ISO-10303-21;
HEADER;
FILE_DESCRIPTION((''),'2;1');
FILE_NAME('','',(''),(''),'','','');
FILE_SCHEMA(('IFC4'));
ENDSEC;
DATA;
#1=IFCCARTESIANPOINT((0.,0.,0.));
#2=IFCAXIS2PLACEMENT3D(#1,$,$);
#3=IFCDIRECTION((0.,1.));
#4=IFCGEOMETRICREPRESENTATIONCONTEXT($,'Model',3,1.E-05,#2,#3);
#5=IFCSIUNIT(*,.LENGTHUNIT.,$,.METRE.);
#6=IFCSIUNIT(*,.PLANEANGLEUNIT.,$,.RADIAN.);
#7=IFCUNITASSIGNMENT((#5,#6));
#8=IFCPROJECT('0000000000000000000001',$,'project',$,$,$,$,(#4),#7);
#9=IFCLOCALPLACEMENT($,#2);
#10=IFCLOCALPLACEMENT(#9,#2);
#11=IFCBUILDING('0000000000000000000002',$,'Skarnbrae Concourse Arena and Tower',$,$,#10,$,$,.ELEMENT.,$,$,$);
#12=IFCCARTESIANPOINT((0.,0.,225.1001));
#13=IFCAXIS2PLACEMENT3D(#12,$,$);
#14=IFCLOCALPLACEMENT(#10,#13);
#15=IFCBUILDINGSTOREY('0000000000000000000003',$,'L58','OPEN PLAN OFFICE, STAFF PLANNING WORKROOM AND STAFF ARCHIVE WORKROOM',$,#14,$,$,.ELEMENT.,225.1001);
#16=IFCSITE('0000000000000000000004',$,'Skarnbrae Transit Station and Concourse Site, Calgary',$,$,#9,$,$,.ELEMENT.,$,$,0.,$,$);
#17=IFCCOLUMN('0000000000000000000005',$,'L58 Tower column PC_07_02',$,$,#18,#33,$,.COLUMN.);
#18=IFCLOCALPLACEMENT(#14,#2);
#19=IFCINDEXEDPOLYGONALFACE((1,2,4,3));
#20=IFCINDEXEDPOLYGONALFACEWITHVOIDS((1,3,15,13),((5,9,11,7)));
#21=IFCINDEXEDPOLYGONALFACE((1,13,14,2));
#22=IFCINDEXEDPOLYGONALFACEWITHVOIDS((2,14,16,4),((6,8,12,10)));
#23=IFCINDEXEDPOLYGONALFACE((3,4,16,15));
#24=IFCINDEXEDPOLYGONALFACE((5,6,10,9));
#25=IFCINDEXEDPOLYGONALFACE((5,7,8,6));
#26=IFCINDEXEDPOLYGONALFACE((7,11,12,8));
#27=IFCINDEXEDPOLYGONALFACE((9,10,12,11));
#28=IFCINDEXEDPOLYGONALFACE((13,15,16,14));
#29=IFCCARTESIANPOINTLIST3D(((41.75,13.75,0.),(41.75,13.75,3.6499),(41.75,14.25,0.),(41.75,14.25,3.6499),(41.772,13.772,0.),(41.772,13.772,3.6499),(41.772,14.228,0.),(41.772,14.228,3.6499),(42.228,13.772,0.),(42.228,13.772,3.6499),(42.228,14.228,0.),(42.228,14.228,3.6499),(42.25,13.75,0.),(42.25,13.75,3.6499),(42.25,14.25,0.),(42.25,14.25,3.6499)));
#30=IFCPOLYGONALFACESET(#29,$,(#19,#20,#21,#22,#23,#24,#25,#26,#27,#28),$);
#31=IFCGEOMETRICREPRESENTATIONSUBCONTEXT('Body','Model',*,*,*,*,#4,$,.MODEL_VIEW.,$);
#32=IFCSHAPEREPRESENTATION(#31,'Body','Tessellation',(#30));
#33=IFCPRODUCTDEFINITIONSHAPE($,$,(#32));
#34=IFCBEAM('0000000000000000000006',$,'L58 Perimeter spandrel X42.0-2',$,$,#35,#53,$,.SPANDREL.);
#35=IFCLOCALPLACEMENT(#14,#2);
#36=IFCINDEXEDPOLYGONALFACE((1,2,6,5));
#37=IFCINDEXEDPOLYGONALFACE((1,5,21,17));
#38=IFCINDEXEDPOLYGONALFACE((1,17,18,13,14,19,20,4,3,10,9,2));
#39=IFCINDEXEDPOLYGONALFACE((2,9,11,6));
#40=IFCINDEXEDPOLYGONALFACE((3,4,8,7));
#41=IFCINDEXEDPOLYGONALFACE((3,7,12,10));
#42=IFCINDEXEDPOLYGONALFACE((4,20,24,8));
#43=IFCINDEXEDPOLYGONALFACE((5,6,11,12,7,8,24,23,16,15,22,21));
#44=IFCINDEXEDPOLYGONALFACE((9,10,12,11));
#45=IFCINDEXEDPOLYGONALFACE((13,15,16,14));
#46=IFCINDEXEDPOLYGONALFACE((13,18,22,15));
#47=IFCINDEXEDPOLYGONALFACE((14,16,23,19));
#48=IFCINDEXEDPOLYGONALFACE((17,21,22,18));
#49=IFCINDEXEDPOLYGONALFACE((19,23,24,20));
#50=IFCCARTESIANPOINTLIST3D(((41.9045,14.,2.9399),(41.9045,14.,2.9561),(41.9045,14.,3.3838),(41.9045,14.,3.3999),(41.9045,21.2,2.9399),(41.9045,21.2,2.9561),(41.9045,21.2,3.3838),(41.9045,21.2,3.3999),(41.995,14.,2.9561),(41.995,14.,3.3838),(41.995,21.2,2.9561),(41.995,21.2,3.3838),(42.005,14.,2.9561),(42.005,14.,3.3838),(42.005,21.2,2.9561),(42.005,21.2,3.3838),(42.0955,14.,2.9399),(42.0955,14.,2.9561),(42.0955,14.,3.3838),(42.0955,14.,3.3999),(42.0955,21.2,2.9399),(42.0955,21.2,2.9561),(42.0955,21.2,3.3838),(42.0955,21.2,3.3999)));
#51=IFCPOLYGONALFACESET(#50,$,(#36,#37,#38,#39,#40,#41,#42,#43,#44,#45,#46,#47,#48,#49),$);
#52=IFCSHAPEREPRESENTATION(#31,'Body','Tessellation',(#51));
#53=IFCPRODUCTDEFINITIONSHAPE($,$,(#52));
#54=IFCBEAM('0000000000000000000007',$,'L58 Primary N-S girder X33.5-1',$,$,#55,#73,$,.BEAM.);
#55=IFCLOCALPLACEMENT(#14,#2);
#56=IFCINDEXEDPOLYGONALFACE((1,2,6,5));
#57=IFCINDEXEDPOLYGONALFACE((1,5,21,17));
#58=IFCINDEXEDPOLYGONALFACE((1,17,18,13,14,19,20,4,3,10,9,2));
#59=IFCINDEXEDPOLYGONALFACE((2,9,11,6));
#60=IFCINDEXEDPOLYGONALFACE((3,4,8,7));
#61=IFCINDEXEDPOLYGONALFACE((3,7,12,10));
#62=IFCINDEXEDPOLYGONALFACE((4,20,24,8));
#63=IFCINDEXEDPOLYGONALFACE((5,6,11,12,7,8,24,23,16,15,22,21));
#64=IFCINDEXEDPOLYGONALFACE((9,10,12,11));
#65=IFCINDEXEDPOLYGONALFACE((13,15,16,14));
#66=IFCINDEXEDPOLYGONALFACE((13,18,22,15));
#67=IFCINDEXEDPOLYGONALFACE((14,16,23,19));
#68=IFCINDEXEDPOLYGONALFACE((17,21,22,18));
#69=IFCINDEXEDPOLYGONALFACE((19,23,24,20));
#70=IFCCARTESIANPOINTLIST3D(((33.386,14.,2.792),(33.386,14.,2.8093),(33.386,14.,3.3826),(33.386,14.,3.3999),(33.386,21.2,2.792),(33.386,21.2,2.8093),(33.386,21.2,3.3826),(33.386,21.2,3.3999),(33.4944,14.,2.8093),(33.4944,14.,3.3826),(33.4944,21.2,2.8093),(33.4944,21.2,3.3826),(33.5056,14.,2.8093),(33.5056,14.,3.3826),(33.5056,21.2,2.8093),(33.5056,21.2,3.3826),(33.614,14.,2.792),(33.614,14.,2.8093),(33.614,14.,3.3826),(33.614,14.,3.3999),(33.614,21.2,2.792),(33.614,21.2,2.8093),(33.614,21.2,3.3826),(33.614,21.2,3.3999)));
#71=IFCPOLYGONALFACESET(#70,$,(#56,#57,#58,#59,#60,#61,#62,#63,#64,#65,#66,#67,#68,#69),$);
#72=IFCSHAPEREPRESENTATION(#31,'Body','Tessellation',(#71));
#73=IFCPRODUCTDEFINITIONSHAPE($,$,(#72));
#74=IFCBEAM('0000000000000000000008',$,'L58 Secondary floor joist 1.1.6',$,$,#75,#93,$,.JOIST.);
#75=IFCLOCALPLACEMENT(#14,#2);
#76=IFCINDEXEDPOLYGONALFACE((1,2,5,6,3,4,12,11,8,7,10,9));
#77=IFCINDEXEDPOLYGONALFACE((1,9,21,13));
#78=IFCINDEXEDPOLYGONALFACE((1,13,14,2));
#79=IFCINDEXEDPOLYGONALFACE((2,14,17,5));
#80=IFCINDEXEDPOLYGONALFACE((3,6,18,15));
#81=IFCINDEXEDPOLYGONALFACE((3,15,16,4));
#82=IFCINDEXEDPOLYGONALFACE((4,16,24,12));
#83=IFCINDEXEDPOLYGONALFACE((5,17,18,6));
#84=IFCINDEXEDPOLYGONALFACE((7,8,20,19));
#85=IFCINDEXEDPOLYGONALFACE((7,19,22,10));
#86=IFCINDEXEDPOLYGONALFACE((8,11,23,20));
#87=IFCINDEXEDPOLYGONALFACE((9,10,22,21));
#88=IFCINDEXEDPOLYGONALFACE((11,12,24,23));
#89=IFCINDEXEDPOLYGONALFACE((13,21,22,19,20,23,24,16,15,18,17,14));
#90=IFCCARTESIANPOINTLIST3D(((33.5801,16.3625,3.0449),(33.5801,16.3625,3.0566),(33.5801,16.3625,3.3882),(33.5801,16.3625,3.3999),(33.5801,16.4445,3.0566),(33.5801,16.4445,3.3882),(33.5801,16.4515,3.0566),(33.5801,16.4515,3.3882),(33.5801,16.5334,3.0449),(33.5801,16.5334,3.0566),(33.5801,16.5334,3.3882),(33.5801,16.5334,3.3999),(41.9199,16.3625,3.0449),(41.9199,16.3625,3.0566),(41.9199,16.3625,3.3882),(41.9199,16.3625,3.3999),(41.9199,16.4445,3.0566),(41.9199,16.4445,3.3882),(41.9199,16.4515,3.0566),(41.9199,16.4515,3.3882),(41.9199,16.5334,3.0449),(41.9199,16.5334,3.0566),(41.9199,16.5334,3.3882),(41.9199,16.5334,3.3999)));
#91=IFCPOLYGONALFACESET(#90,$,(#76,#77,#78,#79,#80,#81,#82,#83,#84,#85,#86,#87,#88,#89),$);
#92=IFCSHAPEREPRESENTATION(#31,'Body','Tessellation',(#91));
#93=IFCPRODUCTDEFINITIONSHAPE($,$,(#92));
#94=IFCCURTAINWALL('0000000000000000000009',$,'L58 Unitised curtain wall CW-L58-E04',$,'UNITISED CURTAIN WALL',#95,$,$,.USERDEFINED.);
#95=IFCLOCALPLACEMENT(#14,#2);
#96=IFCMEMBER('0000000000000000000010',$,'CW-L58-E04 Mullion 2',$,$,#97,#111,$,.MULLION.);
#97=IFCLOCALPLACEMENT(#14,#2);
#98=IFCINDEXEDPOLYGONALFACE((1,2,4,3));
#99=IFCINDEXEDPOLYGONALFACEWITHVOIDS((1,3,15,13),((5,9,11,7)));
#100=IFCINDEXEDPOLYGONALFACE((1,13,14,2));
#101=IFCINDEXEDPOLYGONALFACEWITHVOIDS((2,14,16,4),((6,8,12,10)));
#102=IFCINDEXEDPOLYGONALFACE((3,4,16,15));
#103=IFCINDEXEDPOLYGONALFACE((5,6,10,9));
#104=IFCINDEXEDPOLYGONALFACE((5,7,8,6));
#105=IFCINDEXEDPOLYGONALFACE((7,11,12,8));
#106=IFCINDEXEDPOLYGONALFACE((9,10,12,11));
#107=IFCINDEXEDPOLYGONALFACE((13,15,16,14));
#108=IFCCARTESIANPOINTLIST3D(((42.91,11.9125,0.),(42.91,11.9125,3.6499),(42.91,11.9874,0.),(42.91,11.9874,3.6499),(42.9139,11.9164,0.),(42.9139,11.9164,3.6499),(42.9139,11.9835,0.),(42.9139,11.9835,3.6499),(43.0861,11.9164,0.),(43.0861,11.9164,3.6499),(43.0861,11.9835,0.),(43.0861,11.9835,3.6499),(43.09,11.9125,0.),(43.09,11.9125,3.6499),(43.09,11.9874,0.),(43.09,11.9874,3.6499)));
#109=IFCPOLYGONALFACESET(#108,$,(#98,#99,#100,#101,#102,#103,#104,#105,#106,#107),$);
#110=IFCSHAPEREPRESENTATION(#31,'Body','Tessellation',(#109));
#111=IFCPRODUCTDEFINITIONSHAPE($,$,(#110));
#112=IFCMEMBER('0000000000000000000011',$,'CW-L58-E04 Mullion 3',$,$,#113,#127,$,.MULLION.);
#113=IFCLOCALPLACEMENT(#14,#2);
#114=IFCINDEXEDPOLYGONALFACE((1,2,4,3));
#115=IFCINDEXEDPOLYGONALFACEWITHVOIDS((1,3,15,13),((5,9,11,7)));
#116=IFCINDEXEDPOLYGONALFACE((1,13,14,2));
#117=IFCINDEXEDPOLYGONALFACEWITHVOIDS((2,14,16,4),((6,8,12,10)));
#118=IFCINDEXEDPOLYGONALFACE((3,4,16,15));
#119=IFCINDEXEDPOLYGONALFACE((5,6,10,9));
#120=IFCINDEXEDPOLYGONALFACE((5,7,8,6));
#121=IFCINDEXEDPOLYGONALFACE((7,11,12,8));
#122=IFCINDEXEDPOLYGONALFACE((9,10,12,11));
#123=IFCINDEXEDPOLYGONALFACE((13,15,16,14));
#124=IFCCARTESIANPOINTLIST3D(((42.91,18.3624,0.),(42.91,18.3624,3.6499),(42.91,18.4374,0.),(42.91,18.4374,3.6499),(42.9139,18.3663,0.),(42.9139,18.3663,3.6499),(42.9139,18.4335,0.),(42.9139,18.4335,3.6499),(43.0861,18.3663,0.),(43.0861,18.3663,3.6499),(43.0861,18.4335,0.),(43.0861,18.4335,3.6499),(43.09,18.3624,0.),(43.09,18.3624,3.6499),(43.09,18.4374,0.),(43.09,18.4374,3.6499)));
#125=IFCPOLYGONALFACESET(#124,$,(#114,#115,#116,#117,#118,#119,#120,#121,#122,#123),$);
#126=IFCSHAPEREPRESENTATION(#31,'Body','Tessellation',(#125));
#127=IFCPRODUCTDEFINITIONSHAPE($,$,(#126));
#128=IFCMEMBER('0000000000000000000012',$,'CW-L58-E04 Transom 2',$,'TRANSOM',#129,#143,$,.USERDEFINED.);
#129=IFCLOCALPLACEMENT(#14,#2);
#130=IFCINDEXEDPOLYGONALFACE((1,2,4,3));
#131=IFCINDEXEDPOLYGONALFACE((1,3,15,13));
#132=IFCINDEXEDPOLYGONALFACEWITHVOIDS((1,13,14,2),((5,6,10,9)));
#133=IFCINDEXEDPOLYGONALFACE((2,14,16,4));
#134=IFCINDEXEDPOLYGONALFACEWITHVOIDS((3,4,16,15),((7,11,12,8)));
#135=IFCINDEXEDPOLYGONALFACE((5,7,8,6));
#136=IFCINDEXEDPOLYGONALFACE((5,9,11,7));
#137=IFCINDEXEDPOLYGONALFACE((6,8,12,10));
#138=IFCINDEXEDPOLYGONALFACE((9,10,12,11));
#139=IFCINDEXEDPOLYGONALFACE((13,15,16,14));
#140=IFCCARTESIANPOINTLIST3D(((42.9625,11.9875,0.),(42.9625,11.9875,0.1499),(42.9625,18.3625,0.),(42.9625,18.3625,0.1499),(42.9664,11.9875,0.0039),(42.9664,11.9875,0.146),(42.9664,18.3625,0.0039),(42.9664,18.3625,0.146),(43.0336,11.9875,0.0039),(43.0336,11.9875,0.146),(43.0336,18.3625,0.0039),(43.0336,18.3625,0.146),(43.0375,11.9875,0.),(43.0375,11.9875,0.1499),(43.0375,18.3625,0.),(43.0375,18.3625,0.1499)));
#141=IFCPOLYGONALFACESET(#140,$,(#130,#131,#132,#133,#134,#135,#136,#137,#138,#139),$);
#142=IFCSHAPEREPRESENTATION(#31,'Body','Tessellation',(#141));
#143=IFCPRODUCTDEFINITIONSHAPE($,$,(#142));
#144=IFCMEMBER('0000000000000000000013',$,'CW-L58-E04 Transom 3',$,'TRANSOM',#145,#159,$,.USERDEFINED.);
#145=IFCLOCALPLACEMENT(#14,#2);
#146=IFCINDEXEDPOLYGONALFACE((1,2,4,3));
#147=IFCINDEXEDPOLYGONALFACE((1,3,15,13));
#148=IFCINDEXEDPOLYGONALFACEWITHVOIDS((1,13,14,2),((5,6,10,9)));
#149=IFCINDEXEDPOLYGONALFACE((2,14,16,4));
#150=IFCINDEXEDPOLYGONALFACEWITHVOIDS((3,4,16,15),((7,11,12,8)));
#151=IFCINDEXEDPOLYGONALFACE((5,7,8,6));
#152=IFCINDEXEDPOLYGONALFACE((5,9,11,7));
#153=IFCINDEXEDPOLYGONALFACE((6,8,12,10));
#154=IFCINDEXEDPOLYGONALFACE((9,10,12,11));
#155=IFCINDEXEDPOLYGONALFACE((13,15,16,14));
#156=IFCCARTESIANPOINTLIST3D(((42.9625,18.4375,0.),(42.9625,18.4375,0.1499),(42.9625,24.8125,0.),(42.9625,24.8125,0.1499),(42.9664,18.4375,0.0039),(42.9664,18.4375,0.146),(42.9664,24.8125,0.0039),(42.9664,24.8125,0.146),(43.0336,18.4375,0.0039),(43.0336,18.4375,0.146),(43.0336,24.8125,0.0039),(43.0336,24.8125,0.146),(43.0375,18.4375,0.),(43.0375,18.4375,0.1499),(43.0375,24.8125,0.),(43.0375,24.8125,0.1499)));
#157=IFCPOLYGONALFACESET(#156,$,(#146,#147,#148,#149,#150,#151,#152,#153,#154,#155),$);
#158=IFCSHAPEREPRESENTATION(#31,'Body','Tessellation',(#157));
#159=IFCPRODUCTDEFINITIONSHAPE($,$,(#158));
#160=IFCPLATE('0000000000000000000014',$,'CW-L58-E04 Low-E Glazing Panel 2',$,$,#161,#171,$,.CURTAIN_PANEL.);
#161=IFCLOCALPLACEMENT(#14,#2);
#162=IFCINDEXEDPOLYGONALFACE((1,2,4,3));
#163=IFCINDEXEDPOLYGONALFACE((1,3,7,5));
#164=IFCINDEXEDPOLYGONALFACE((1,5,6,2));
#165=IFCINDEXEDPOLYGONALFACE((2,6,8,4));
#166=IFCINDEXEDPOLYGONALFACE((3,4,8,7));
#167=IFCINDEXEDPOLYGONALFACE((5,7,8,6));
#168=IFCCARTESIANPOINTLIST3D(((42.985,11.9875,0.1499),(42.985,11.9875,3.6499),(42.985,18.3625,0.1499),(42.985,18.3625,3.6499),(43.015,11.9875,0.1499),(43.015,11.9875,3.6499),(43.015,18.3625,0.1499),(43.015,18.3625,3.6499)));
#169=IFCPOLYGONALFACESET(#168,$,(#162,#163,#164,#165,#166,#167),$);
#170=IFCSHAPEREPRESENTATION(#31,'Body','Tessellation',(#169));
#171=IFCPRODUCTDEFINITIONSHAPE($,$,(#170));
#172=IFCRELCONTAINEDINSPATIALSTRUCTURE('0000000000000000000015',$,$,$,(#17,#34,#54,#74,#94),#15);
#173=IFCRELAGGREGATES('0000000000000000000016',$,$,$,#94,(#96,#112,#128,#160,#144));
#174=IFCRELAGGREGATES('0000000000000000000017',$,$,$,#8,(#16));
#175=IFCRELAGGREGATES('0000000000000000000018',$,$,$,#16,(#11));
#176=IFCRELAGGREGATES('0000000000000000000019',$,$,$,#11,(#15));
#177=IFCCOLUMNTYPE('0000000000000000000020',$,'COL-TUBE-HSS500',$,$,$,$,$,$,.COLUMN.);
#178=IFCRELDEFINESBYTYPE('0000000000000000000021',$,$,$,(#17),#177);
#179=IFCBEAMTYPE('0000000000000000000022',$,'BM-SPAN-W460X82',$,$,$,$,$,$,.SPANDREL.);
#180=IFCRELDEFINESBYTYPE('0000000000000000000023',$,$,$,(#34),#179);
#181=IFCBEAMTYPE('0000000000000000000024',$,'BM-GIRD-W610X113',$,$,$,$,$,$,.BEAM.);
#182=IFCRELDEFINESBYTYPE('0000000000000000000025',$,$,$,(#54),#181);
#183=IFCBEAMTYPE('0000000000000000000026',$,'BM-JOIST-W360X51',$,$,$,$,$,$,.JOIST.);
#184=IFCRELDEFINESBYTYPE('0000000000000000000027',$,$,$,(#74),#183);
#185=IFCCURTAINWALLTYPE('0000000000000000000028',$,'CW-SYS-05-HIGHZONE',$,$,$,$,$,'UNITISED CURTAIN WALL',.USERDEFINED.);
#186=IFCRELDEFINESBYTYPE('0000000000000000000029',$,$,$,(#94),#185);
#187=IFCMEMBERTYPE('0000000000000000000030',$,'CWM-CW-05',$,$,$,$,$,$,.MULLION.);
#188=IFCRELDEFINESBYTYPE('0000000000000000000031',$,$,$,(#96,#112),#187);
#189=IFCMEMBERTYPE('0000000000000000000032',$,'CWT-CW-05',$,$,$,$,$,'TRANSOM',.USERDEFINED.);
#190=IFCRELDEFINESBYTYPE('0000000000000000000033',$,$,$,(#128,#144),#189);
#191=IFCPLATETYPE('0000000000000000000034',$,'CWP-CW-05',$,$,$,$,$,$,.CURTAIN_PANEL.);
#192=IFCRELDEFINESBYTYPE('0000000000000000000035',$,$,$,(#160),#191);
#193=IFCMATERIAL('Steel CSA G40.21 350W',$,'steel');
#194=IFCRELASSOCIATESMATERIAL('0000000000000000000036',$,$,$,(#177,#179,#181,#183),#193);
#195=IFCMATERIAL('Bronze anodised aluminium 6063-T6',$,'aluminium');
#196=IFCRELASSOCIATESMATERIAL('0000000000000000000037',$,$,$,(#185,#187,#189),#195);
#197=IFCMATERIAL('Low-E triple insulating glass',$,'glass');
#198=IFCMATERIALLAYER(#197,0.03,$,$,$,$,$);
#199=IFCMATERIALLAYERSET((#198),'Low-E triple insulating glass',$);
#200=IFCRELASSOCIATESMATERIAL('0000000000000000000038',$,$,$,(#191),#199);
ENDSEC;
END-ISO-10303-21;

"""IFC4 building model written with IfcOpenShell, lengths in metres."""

from ifc_helpers import new_model, si_unit, direction, frame, origin, origin_2d, place, context, subcontext, project, spatial, rectangle, hollow_rectangle, i_section, extrude, source, transform, mapped, material, layer, layer_set, material_profile, profile_set, type_object, element, aggregate, save


model = new_model("IFC4")

# Units and contexts
model_context = context("Model", 3, precision=1e-05, world=origin(), true_north=direction((0.0, 1.0)))
body_context = subcontext(model_context, "Body", "Model", "MODEL_VIEW")
ifc_project = project(units=[si_unit("LENGTHUNIT", "METRE"), si_unit("PLANEANGLEUNIT", "RADIAN")], contexts=[model_context])

# Site, building, storey
site_placement = place(None, origin())
site = spatial("IfcSite", under=ifc_project, at=site_placement, Name="Skarnbrae Transit Station and Concourse Site, Calgary", CompositionType="ELEMENT", RefElevation=0.0)
building_placement = place(site_placement, origin())
building = spatial("IfcBuilding", under=site, at=building_placement, Name="Skarnbrae Concourse Arena and Tower", CompositionType="ELEMENT")
storey_placement = place(building_placement, frame((0.0, 0.0, 225.1001)))
storey = spatial("IfcBuildingStorey", under=building, at=storey_placement, Name="L58", Description="OPEN PLAN OFFICE, STAFF PLANNING WORKROOM AND STAFF ARCHIVE WORKROOM", CompositionType="ELEMENT", Elevation=225.1001)

# Column
ifc_material_1 = material(Name="Steel CSA G40.21 350W", Category="steel")
ifc_material_profile_1 = material_profile(ifc_material_1, hollow_rectangle(XDim=0.5, YDim=0.5, WallThickness=0.022, at=origin_2d()), Name="HSS500X500X22.0")
ifc_profile_set_1 = profile_set([ifc_material_profile_1], Name="Steel CSA G40.21 350W")
column_type = type_object("IfcColumnType", Name="COL-TUBE-HSS500", PredefinedType="COLUMN", material=ifc_profile_set_1)
shared_shape_1 = source(origin(), body_context, "Body", "SweptSolid", [
    extrude(hollow_rectangle(XDim=0.5, YDim=0.5, WallThickness=0.022, at=origin_2d()), origin(), (0.0, 0.0, 1.0), 3.6499),
])
column_placement = place(storey_placement, frame((42.0, 14.0, 0.0), z_axis=(0.0, 0.0, 1.0), x_axis=(1.0, 0.0, 0.0)))
element("IfcColumn", 1, at=column_placement, inside=storey, type_object=column_type, Name="L58 Tower column PC_07_02", PredefinedType="COLUMN", context=body_context, shape_type="MappedRepresentation", body=[
    mapped(shared_shape_1, transform((0.0, 0.0, 0.0))),
])

# Beams
ifc_material_profile_2 = material_profile(ifc_material_1, i_section(OverallWidth=0.1909, OverallDepth=0.46, WebThickness=0.01, FlangeThickness=0.0161, at=origin_2d()), Name="W460X82")
ifc_profile_set_2 = profile_set([ifc_material_profile_2], Name="Steel CSA G40.21 350W")
beam_type_1 = type_object("IfcBeamType", Name="BM-SPAN-W460X82", PredefinedType="SPANDREL", material=ifc_profile_set_2)
shared_shape_2 = source(origin(), body_context, "Body", "SweptSolid", [
    extrude(i_section(OverallWidth=0.1909, OverallDepth=0.46, WebThickness=0.01, FlangeThickness=0.0161, at=origin_2d()), origin(), (0.0, 0.0, 1.0), 7.2),
])
beam_1_placement = place(storey_placement, frame((42.0, 14.0, 3.1699), z_axis=(0.0, 1.0, 0.0), x_axis=(-1.0, 0.0, 0.0)))
element("IfcBeam", 2, at=beam_1_placement, inside=storey, type_object=beam_type_1, Name="L58 Perimeter spandrel X42.0-2", PredefinedType="SPANDREL", context=body_context, shape_type="MappedRepresentation", body=[
    mapped(shared_shape_2, transform((0.0, 0.0, 0.0))),
])
ifc_material_profile_3 = material_profile(ifc_material_1, i_section(OverallWidth=0.228, OverallDepth=0.6079, WebThickness=0.0112, FlangeThickness=0.0173, at=origin_2d()), Name="W610X113")
ifc_profile_set_3 = profile_set([ifc_material_profile_3], Name="Steel CSA G40.21 350W")
beam_type_2 = type_object("IfcBeamType", Name="BM-GIRD-W610X113", PredefinedType="BEAM", material=ifc_profile_set_3)
shared_shape_3 = source(origin(), body_context, "Body", "SweptSolid", [
    extrude(i_section(OverallWidth=0.228, OverallDepth=0.6079, WebThickness=0.0112, FlangeThickness=0.0173, at=origin_2d()), origin(), (0.0, 0.0, 1.0), 7.2),
])
beam_2_placement = place(storey_placement, frame((33.5, 14.0, 3.0959), z_axis=(0.0, 1.0, 0.0), x_axis=(-1.0, 0.0, 0.0)))
element("IfcBeam", 3, at=beam_2_placement, inside=storey, type_object=beam_type_2, Name="L58 Primary N-S girder X33.5-1", PredefinedType="BEAM", context=body_context, shape_type="MappedRepresentation", body=[
    mapped(shared_shape_3, transform((0.0, 0.0, 0.0))),
])
ifc_material_profile_4 = material_profile(ifc_material_1, i_section(OverallWidth=0.1709, OverallDepth=0.355, WebThickness=0.0071, FlangeThickness=0.0117, at=origin_2d()), Name="W360X51")
ifc_profile_set_4 = profile_set([ifc_material_profile_4], Name="Steel CSA G40.21 350W")
beam_type_3 = type_object("IfcBeamType", Name="BM-JOIST-W360X51", PredefinedType="JOIST", material=ifc_profile_set_4)
shared_shape_4 = source(origin(), body_context, "Body", "SweptSolid", [
    extrude(i_section(OverallWidth=0.1709, OverallDepth=0.355, WebThickness=0.0071, FlangeThickness=0.0117, at=origin_2d()), origin(), (0.0, 0.0, 1.0), 8.3398),
])
beam_3_placement = place(storey_placement, frame((33.5801, 16.448, 3.2224), z_axis=(1.0, 0.0, 0.0), x_axis=(0.0, 1.0, 0.0)))
element("IfcBeam", 4, at=beam_3_placement, inside=storey, type_object=beam_type_3, Name="L58 Secondary floor joist 1.1.6", PredefinedType="JOIST", context=body_context, shape_type="MappedRepresentation", body=[
    mapped(shared_shape_4, transform((0.0, 0.0, 0.0))),
])

# Curtain wall, members, plate
ifc_material_2 = material(Name="Bronze anodised aluminium 6063-T6", Category="aluminium")
curtain_wall_type = type_object("IfcCurtainWallType", Name="CW-SYS-05-HIGHZONE", ElementType="UNITISED CURTAIN WALL", PredefinedType="USERDEFINED", material=ifc_material_2)
curtain_wall_placement = place(storey_placement, origin())
curtain_wall = element("IfcCurtainWall", 5, at=curtain_wall_placement, inside=storey, type_object=curtain_wall_type, Name="L58 Unitised curtain wall CW-L58-E04", ObjectType="UNITISED CURTAIN WALL", PredefinedType="USERDEFINED")
ifc_material_profile_5 = material_profile(ifc_material_2, hollow_rectangle(XDim=0.075, YDim=0.1799, WallThickness=0.0039, at=origin_2d()), Name="ALU-MULL-75X180")
ifc_profile_set_5 = profile_set([ifc_material_profile_5], Name="Bronze anodised aluminium 6063-T6")
member_type_1 = type_object("IfcMemberType", Name="CWM-CW-05", PredefinedType="MULLION", material=ifc_profile_set_5)
shared_shape_5 = source(origin(), body_context, "Body", "SweptSolid", [
    extrude(hollow_rectangle(XDim=0.075, YDim=0.1799, WallThickness=0.0039, at=origin_2d()), origin(), (0.0, 0.0, 1.0), 3.6499),
])
member_1_placement = place(storey_placement, frame((43.0, 11.95, 0.0), z_axis=(0.0, 0.0, 1.0), x_axis=(0.0, 1.0, 0.0)))
member_1 = element("IfcMember", 6, at=member_1_placement, type_object=member_type_1, Name="CW-L58-E04 Mullion 2", PredefinedType="MULLION", context=body_context, shape_type="MappedRepresentation", body=[
    mapped(shared_shape_5, transform((0.0, 0.0, 0.0))),
])
member_2_placement = place(storey_placement, frame((43.0, 18.3999, 0.0), z_axis=(0.0, 0.0, 1.0), x_axis=(0.0, 1.0, 0.0)))
member_2 = element("IfcMember", 7, at=member_2_placement, type_object=member_type_1, Name="CW-L58-E04 Mullion 3", PredefinedType="MULLION", context=body_context, shape_type="MappedRepresentation", body=[
    mapped(shared_shape_5, transform((0.0, 0.0, 0.0))),
])
ifc_material_profile_6 = material_profile(ifc_material_2, hollow_rectangle(XDim=0.075, YDim=0.1499, WallThickness=0.0039, at=origin_2d()), Name="ALU-TRAN-75X150")
ifc_profile_set_6 = profile_set([ifc_material_profile_6], Name="Bronze anodised aluminium 6063-T6")
member_type_2 = type_object("IfcMemberType", Name="CWT-CW-05", ElementType="TRANSOM", PredefinedType="USERDEFINED", material=ifc_profile_set_6)
shared_shape_6 = source(origin(), body_context, "Body", "SweptSolid", [
    extrude(hollow_rectangle(XDim=0.075, YDim=0.1499, WallThickness=0.0039, at=origin_2d()), origin(), (0.0, 0.0, 1.0), 6.375),
])
member_3_placement = place(storey_placement, frame((43.0, 11.9875, 0.075), z_axis=(0.0, 1.0, 0.0), x_axis=(-1.0, 0.0, 0.0)))
member_3 = element("IfcMember", 8, at=member_3_placement, type_object=member_type_2, Name="CW-L58-E04 Transom 2", ObjectType="TRANSOM", PredefinedType="USERDEFINED", context=body_context, shape_type="MappedRepresentation", body=[
    mapped(shared_shape_6, transform((0.0, 0.0, 0.0))),
])
member_4_placement = place(storey_placement, frame((43.0, 18.4375, 0.075), z_axis=(0.0, 1.0, 0.0), x_axis=(-1.0, 0.0, 0.0)))
member_4 = element("IfcMember", 9, at=member_4_placement, type_object=member_type_2, Name="CW-L58-E04 Transom 3", ObjectType="TRANSOM", PredefinedType="USERDEFINED", context=body_context, shape_type="MappedRepresentation", body=[
    mapped(shared_shape_6, transform((0.0, 0.0, 0.0))),
])
ifc_material_3 = material(Name="Low-E triple insulating glass", Category="glass")
ifc_layer_1 = layer(ifc_material_3, 0.03)
ifc_layer_set_1 = layer_set([ifc_layer_1], Name="Low-E triple insulating glass")
plate_type = type_object("IfcPlateType", Name="CWP-CW-05", PredefinedType="CURTAIN_PANEL", material=ifc_layer_set_1)
shared_shape_7 = source(origin(), body_context, "Body", "SweptSolid", [
    extrude(rectangle(XDim=6.375, YDim=0.03, at=origin_2d()), origin(), (0.0, 0.0, 1.0), 3.5),
])
plate_placement = place(storey_placement, frame((43.0, 15.175, 0.1499), z_axis=(0.0, 0.0, 1.0), x_axis=(0.0, 1.0, 0.0)))
plate = element("IfcPlate", 10, at=plate_placement, type_object=plate_type, Name="CW-L58-E04 Low-E Glazing Panel 2", PredefinedType="CURTAIN_PANEL", context=body_context, shape_type="MappedRepresentation", body=[
    mapped(shared_shape_7, transform((0.0, 0.0, 0.0))),
])
aggregate(curtain_wall, [member_1, member_2, member_3, plate, member_4])

save(model, "model.ifc")
